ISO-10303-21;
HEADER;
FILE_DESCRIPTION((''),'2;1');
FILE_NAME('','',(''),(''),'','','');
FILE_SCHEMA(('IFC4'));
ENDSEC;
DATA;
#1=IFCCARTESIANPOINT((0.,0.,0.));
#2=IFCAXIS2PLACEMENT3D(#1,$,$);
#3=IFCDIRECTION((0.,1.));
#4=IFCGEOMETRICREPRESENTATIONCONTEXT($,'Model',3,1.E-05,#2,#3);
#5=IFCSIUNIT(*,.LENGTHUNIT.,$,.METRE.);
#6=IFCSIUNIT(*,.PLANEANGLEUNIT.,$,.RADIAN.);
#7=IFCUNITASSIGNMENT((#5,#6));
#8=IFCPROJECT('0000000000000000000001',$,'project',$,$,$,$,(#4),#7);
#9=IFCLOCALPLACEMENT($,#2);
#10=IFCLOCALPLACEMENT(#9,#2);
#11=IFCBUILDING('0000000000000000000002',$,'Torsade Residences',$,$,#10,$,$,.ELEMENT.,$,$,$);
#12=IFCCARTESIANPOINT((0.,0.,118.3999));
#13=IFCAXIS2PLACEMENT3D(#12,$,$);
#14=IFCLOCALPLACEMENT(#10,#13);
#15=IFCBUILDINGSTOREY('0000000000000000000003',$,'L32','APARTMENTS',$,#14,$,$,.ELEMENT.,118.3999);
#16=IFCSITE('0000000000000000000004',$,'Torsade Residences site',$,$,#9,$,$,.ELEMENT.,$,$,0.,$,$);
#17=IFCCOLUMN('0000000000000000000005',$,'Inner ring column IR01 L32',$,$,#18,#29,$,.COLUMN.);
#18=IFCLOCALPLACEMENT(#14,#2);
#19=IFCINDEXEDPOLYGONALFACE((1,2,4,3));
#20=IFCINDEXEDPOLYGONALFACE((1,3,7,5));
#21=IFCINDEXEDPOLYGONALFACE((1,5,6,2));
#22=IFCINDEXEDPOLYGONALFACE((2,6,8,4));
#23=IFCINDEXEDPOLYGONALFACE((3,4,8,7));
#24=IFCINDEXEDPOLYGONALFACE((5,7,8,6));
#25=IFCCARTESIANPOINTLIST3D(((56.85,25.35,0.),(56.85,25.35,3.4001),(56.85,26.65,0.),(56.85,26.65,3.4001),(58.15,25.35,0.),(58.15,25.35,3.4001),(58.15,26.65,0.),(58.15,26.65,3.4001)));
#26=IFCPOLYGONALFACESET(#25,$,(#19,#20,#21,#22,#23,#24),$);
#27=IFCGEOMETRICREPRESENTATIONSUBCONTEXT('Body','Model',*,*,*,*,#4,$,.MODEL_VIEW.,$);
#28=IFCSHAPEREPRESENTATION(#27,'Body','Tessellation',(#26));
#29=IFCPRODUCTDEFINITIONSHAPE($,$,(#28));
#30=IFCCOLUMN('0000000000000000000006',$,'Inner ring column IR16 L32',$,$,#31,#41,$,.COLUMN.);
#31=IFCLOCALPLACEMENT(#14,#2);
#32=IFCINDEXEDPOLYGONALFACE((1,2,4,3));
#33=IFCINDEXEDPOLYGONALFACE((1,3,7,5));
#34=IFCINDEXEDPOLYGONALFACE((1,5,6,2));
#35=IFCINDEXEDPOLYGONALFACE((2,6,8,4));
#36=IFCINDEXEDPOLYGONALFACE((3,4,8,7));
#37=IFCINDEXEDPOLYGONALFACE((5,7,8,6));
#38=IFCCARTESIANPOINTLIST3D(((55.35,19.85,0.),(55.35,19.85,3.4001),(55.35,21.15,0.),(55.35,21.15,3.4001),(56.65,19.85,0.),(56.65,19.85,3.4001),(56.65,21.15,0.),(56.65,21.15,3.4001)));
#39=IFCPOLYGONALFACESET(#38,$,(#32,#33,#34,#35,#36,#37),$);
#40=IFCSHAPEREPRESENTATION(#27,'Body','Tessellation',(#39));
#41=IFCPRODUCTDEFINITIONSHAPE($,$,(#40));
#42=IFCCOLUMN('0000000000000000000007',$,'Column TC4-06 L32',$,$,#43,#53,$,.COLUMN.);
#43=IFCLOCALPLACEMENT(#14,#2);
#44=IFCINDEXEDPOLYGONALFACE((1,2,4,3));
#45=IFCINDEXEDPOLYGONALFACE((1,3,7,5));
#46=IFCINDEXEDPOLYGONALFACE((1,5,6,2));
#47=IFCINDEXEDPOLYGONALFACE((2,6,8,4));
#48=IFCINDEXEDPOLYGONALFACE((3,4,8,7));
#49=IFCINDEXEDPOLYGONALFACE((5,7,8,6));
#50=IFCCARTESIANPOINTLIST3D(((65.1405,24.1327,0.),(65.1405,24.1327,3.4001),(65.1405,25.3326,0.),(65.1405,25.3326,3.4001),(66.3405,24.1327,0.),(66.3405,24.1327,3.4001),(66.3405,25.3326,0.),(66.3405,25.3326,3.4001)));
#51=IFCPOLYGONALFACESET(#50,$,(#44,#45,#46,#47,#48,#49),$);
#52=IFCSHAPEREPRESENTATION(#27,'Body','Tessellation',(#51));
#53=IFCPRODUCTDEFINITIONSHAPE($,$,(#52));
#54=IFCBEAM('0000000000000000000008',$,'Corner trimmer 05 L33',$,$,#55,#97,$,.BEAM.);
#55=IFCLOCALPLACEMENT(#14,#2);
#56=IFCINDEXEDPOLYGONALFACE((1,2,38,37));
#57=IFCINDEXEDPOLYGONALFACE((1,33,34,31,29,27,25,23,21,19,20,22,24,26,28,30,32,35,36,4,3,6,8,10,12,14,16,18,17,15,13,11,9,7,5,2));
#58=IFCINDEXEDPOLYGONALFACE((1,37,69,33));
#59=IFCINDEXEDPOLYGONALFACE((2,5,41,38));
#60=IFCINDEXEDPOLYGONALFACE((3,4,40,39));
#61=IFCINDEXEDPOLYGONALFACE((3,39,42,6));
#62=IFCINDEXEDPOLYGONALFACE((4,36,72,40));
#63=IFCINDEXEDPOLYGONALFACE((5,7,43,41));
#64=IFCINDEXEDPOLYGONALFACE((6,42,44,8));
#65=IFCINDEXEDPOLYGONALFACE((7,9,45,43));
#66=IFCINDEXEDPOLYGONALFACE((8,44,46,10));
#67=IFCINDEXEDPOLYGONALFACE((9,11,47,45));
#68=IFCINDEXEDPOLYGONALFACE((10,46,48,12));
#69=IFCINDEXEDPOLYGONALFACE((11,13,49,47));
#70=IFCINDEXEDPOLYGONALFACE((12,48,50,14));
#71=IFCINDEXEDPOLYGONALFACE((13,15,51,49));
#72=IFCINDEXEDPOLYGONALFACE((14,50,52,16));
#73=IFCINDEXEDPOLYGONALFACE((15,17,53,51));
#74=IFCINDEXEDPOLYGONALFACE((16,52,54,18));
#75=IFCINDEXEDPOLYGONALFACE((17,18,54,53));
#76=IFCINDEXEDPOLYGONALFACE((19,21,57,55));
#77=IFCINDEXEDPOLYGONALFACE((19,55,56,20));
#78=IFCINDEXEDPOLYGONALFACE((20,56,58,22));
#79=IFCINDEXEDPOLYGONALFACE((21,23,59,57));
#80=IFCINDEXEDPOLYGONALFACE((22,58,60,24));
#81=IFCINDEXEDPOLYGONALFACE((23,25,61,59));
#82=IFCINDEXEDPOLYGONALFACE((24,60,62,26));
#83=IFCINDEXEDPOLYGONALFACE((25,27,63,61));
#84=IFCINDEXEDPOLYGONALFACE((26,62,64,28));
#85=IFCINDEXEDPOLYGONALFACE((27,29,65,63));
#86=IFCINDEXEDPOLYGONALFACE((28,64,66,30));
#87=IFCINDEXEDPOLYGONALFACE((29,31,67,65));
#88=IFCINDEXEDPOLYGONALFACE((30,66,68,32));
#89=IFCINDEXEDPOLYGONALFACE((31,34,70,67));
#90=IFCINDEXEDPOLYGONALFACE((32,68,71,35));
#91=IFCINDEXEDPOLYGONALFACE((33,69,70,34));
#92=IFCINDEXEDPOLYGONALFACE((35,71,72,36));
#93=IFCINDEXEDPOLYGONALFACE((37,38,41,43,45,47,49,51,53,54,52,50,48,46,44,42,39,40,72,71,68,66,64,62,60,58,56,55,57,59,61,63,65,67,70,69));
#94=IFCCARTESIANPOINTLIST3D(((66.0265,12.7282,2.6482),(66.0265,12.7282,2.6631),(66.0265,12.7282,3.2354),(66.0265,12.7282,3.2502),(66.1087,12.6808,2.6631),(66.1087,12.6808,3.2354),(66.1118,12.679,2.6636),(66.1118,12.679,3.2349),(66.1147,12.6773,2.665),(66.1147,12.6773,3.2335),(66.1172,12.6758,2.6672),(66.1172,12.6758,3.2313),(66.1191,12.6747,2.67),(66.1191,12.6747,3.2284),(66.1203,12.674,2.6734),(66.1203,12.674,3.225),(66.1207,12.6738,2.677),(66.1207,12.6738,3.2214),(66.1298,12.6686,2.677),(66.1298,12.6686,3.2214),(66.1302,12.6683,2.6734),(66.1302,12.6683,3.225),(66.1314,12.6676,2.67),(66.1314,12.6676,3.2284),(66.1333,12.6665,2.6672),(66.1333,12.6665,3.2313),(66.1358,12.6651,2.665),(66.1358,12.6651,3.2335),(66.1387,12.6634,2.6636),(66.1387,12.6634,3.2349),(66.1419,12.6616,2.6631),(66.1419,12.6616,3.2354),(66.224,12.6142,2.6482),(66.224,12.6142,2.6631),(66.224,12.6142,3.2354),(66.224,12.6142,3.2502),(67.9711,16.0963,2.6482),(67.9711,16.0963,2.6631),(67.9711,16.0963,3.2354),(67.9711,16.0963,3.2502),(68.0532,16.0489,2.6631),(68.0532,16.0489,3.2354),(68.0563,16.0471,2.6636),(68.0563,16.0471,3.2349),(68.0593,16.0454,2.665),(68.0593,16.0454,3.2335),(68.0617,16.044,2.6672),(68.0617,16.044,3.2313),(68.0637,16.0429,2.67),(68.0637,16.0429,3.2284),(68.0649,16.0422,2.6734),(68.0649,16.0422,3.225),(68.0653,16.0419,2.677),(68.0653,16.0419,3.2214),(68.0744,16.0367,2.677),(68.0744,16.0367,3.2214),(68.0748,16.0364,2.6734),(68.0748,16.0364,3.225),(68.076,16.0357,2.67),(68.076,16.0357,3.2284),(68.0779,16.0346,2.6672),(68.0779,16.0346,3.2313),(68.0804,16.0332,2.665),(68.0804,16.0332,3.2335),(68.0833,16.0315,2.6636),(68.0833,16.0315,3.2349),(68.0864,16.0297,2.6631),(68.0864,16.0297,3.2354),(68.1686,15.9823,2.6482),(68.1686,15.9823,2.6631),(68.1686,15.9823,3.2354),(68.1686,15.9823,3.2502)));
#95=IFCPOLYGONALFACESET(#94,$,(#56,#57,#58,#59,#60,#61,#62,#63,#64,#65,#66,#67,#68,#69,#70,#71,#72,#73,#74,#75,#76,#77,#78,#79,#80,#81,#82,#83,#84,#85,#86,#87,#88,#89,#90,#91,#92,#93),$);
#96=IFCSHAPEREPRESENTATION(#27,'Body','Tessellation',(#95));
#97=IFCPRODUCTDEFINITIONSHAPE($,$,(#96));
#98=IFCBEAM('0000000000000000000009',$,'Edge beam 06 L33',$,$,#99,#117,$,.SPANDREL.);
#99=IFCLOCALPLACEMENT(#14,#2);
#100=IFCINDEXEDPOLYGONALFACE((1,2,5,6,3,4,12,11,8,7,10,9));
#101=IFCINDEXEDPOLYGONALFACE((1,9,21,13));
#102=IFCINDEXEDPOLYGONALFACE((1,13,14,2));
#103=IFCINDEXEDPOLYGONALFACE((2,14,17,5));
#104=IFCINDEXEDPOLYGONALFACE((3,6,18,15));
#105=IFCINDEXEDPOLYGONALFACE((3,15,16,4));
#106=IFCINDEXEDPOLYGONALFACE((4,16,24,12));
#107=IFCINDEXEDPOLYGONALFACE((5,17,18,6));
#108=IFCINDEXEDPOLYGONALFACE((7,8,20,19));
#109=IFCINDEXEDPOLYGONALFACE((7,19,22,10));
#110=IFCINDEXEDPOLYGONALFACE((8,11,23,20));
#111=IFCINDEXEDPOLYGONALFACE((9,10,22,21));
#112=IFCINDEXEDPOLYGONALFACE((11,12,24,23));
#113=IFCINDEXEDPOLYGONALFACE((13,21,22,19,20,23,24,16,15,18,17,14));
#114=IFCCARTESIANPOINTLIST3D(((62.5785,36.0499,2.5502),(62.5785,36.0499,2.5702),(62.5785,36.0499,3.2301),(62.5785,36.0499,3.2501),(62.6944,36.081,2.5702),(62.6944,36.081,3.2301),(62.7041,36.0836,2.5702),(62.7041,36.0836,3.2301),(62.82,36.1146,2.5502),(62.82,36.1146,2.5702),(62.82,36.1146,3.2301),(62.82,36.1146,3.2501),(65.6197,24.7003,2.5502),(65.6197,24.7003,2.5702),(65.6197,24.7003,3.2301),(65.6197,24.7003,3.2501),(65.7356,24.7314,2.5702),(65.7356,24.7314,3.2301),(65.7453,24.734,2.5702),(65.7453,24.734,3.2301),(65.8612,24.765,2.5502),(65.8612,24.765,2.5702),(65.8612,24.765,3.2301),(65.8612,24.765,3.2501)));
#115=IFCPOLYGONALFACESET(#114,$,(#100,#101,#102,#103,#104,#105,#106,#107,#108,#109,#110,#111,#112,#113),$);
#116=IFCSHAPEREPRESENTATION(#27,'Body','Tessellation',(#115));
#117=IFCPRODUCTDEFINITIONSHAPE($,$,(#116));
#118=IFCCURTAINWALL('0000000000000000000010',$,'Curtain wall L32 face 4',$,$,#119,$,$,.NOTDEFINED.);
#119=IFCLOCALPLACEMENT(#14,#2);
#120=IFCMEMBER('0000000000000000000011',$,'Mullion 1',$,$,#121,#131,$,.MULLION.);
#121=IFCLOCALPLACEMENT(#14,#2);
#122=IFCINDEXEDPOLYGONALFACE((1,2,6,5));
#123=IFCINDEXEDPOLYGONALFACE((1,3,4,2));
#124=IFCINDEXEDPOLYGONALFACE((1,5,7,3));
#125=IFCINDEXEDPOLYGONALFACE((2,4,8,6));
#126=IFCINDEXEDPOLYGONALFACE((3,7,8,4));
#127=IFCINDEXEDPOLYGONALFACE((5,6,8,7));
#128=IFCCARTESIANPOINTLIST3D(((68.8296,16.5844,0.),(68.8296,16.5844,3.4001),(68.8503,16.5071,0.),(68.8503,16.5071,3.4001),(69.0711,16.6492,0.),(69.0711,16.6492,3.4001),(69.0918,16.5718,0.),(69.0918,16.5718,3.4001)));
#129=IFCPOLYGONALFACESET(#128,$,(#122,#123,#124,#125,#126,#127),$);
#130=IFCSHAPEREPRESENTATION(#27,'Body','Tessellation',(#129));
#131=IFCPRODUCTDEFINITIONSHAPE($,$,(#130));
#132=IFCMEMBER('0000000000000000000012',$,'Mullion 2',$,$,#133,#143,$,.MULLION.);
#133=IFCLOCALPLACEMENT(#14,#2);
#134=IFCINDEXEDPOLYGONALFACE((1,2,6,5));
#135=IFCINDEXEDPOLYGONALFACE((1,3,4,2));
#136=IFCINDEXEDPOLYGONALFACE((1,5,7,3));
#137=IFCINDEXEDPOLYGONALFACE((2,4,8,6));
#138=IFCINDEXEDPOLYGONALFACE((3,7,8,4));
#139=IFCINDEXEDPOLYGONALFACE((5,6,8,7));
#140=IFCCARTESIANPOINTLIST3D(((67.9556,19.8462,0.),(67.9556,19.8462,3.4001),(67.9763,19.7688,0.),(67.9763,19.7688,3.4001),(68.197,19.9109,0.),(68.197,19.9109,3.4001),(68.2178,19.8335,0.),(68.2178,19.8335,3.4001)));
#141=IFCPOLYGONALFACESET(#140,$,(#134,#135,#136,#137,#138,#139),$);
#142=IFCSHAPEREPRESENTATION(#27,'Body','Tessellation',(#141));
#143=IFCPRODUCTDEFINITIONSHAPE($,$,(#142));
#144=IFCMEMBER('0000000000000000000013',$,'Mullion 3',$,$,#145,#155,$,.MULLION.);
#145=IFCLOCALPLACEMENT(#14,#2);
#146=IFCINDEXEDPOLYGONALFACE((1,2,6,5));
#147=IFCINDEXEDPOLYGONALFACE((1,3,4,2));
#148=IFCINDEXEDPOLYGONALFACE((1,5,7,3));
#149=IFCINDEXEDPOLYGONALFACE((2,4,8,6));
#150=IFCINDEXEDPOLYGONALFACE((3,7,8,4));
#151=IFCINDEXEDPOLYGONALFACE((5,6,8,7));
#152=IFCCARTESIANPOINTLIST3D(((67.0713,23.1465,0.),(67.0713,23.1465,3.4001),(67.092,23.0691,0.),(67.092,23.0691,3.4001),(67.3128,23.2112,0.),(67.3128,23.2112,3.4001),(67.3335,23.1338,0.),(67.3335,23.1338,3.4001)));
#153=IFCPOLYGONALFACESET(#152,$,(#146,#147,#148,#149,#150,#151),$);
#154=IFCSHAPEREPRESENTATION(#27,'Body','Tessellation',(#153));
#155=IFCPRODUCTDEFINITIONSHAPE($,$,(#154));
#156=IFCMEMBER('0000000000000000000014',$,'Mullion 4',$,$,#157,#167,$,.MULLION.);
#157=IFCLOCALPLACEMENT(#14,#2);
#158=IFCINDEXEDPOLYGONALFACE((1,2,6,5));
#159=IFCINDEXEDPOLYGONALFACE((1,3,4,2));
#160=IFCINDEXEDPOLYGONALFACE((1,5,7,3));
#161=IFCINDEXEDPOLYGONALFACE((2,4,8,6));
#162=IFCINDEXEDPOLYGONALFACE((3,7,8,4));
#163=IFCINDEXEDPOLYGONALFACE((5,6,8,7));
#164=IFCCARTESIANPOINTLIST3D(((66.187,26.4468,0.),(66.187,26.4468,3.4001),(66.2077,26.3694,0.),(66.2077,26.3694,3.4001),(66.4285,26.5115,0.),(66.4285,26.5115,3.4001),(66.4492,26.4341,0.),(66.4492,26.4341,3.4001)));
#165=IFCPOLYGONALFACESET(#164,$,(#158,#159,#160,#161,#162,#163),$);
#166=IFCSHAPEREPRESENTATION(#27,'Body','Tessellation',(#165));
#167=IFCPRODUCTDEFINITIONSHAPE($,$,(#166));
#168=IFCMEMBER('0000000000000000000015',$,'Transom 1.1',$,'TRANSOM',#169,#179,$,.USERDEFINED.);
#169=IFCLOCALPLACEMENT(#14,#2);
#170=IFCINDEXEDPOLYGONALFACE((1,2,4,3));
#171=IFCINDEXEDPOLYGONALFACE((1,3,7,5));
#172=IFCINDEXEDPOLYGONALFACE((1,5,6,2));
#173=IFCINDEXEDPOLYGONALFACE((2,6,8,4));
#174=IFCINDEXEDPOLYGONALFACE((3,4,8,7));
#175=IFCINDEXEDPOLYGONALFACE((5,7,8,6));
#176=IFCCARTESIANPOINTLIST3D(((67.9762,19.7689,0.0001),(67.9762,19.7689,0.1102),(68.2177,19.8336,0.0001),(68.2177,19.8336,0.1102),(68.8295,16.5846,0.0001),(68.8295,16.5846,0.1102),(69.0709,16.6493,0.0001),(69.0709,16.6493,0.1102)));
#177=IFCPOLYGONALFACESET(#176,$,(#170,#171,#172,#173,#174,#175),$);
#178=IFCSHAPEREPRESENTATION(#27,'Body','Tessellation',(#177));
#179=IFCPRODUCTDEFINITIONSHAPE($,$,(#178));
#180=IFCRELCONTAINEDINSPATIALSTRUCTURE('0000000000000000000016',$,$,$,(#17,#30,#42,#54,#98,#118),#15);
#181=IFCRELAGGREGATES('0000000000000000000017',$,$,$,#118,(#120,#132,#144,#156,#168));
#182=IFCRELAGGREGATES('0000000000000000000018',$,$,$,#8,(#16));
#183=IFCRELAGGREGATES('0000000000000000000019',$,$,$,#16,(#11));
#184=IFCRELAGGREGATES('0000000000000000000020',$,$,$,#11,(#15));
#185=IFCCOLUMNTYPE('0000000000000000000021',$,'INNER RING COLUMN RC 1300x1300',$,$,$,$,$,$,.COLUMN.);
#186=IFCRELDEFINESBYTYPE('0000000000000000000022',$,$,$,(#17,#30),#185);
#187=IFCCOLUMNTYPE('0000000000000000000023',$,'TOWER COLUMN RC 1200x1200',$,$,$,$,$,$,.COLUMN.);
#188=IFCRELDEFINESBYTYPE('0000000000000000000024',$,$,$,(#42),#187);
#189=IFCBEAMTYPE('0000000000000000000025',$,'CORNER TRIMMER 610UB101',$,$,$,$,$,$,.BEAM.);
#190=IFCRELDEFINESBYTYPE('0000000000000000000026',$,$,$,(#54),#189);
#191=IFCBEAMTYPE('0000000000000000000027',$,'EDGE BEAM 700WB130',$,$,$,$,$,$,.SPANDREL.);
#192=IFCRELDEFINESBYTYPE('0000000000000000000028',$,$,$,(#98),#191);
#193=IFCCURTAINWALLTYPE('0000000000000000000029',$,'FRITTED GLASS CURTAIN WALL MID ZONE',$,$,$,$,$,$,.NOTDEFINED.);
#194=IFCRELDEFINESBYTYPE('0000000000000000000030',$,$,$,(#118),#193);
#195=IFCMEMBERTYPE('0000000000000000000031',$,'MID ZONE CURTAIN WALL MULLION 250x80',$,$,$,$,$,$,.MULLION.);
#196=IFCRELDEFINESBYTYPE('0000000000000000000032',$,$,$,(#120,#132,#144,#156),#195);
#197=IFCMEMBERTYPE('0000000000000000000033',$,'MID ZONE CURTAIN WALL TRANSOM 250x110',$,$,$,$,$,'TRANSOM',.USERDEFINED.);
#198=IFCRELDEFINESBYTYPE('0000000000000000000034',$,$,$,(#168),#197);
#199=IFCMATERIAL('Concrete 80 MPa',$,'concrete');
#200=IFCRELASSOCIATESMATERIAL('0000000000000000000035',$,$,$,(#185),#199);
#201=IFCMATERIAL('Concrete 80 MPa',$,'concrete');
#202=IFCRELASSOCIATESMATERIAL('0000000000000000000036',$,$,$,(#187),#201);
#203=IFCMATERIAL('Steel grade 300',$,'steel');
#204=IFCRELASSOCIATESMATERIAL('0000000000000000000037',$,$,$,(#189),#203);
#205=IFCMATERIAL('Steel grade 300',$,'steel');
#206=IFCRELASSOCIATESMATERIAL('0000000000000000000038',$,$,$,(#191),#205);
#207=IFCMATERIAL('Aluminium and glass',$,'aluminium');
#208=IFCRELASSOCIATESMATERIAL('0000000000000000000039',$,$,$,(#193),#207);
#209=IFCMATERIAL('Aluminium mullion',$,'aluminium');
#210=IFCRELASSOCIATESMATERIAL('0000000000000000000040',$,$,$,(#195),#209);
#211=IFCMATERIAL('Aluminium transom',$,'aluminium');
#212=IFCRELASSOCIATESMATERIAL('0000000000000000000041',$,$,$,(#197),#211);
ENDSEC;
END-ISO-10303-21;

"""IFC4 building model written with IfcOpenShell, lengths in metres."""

from ifc_helpers import new_model, si_unit, direction, frame, origin, origin_2d, place, context, subcontext, project, spatial, rectangle, i_section, extrude, material, material_profile, profile_set, type_object, element, aggregate, save


model = new_model("IFC4")

# Units and contexts
model_context = context("Model", 3, precision=1e-05, world=origin(), true_north=direction((0.0, 1.0)))
body_context = subcontext(model_context, "Body", "Model", "MODEL_VIEW")
ifc_project = project(units=[si_unit("LENGTHUNIT", "METRE"), si_unit("PLANEANGLEUNIT", "RADIAN")], contexts=[model_context])

# Site, building, storey
site_placement = place(None, origin())
site = spatial("IfcSite", under=ifc_project, at=site_placement, Name="Torsade Residences site", CompositionType="ELEMENT", RefElevation=0.0)
building_placement = place(site_placement, origin())
building = spatial("IfcBuilding", under=site, at=building_placement, Name="Torsade Residences", CompositionType="ELEMENT")
storey_placement = place(building_placement, frame((0.0, 0.0, 118.3999)))
storey = spatial("IfcBuildingStorey", under=building, at=storey_placement, Name="L32", Description="APARTMENTS", CompositionType="ELEMENT", Elevation=118.3999)

# Columns
ifc_material_1 = material(Name="Concrete 80 MPa", Category="concrete")
ifc_material_profile_1 = material_profile(ifc_material_1, rectangle(XDim=1.3, YDim=1.3, at=origin_2d()), Name="RC 1300x1300")
ifc_profile_set_1 = profile_set([ifc_material_profile_1], Name="Concrete 80 MPa")
column_type_1 = type_object("IfcColumnType", Name="INNER RING COLUMN RC 1300x1300", PredefinedType="COLUMN", material=ifc_profile_set_1)
for number, where, z_axis, x_axis, name in (
    (1, (57.5, 26.0, 0.0), (0.0, 0.0, 1.0), (1.0, 0.0, 0.0), "Inner ring column IR01 L32"),
    (2, (56.0, 20.5, 0.0), (0.0, 0.0, 1.0), (1.0, 0.0, 0.0), "Inner ring column IR16 L32"),
):
    element("IfcColumn", number, at=place(storey_placement, frame(where, z_axis=z_axis, x_axis=x_axis)), inside=storey, type_object=column_type_1, Name=name, PredefinedType="COLUMN", context=body_context, shape_type="SweptSolid", body=[
        extrude(rectangle(XDim=1.3, YDim=1.3, at=origin_2d()), origin(), (0.0, 0.0, 1.0), 3.4001),
    ])
ifc_material_2 = material(Name="Concrete 80 MPa", Category="concrete")
ifc_material_profile_2 = material_profile(ifc_material_2, rectangle(XDim=1.2, YDim=1.2, at=origin_2d()), Name="RC 1200x1200")
ifc_profile_set_2 = profile_set([ifc_material_profile_2], Name="Concrete 80 MPa")
column_type_2 = type_object("IfcColumnType", Name="TOWER COLUMN RC 1200x1200", PredefinedType="COLUMN", material=ifc_profile_set_2)
column_placement = place(storey_placement, frame((65.7405, 24.7327, 0.0), z_axis=(0.0, 0.0, 1.0), x_axis=(1.0, 0.0, 0.0)))
element("IfcColumn", 3, at=column_placement, inside=storey, type_object=column_type_2, Name="Column TC4-06 L32", PredefinedType="COLUMN", context=body_context, shape_type="SweptSolid", body=[
    extrude(rectangle(XDim=1.2, YDim=1.2, at=origin_2d()), origin(), (0.0, 0.0, 1.0), 3.4001),
])

# Beams
ifc_material_3 = material(Name="Steel grade 300", Category="steel")
ifc_material_profile_3 = material_profile(ifc_material_3, i_section(OverallWidth=0.228, OverallDepth=0.6021, WebThickness=0.0105, FlangeThickness=0.0149, FilletRadius=0.0139, at=origin_2d()), Name="610UB101")
ifc_profile_set_3 = profile_set([ifc_material_profile_3], Name="Steel grade 300")
beam_type_1 = type_object("IfcBeamType", Name="CORNER TRIMMER 610UB101", PredefinedType="BEAM", material=ifc_profile_set_3)
beam_1_placement = place(storey_placement, frame((68.0698, 16.0393, 2.9492), z_axis=(-0.499994, -0.866029, 0.0), x_axis=(0.866029, -0.499994, 0.0)))
element("IfcBeam", 4, at=beam_1_placement, inside=storey, type_object=beam_type_1, Name="Corner trimmer 05 L33", PredefinedType="BEAM", context=body_context, shape_type="SweptSolid", body=[
    extrude(i_section(OverallWidth=0.228, OverallDepth=0.6021, WebThickness=0.0105, FlangeThickness=0.0149, FilletRadius=0.0139, at=origin_2d()), origin(), (0.0, 0.0, 1.0), 3.8892),
])
ifc_material_4 = material(Name="Steel grade 300", Category="steel")
ifc_material_profile_4 = material_profile(ifc_material_4, i_section(OverallWidth=0.25, OverallDepth=0.7, WebThickness=0.01, FlangeThickness=0.02, at=origin_2d()), Name="700WB130")
ifc_profile_set_4 = profile_set([ifc_material_profile_4], Name="Steel grade 300")
beam_type_2 = type_object("IfcBeamType", Name="EDGE BEAM 700WB130", PredefinedType="SPANDREL", material=ifc_profile_set_4)
beam_2_placement = place(storey_placement, frame((65.7405, 24.7327, 2.9001), z_axis=(-0.25883, 0.965923, 0.0), x_axis=(-0.965923, -0.25883, 0.0)))
element("IfcBeam", 5, at=beam_2_placement, inside=storey, type_object=beam_type_2, Name="Edge beam 06 L33", PredefinedType="SPANDREL", context=body_context, shape_type="SweptSolid", body=[
    extrude(i_section(OverallWidth=0.25, OverallDepth=0.7, WebThickness=0.01, FlangeThickness=0.02, at=origin_2d()), origin(), (0.0, 0.0, 1.0), 11.75),
])

# Curtain wall, members
ifc_material_5 = material(Name="Aluminium and glass", Category="aluminium")
curtain_wall_type = type_object("IfcCurtainWallType", Name="FRITTED GLASS CURTAIN WALL MID ZONE", PredefinedType="NOTDEFINED", material=ifc_material_5)
curtain_wall_placement = place(storey_placement, origin())
curtain_wall = element("IfcCurtainWall", 6, at=curtain_wall_placement, inside=storey, type_object=curtain_wall_type, Name="Curtain wall L32 face 4", PredefinedType="NOTDEFINED")
ifc_material_6 = material(Name="Aluminium mullion", Category="aluminium")
ifc_material_profile_5 = material_profile(ifc_material_6, rectangle(XDim=0.25, YDim=0.0801, at=origin_2d()), Name="MID ZONE CURTAIN WALL MULLION 250x80")
ifc_profile_set_5 = profile_set([ifc_material_profile_5], Name="Aluminium mullion")
member_type_1 = type_object("IfcMemberType", Name="MID ZONE CURTAIN WALL MULLION 250x80", PredefinedType="MULLION", material=ifc_profile_set_5)
member_1_placement = place(storey_placement, frame((68.9607, 16.5781, 0.0), z_axis=(0.0, 0.0, 1.0), x_axis=(-0.965926, -0.258819, 0.0)))
member_1 = element("IfcMember", 7, at=member_1_placement, type_object=member_type_1, Name="Mullion 1", PredefinedType="MULLION", context=body_context, shape_type="SweptSolid", body=[
    extrude(rectangle(XDim=0.25, YDim=0.0801, at=origin_2d()), origin(), (0.0, 0.0, 1.0), 3.4001),
])
member_2_placement = place(storey_placement, frame((68.0867, 19.8398, 0.0), z_axis=(0.0, 0.0, 1.0), x_axis=(-0.965926, -0.258819, 0.0)))
member_2 = element("IfcMember", 8, at=member_2_placement, type_object=member_type_1, Name="Mullion 2", PredefinedType="MULLION", context=body_context, shape_type="SweptSolid", body=[
    extrude(rectangle(XDim=0.25, YDim=0.0801, at=origin_2d()), origin(), (0.0, 0.0, 1.0), 3.4001),
])
member_3_placement = place(storey_placement, frame((67.2024, 23.1401, 0.0), z_axis=(0.0, 0.0, 1.0), x_axis=(-0.965926, -0.258819, 0.0)))
member_3 = element("IfcMember", 9, at=member_3_placement, type_object=member_type_1, Name="Mullion 3", PredefinedType="MULLION", context=body_context, shape_type="SweptSolid", body=[
    extrude(rectangle(XDim=0.25, YDim=0.0801, at=origin_2d()), origin(), (0.0, 0.0, 1.0), 3.4001),
])
member_4_placement = place(storey_placement, frame((66.3181, 26.4404, 0.0), z_axis=(0.0, 0.0, 1.0), x_axis=(-0.965926, -0.258819, 0.0)))
member_4 = element("IfcMember", 10, at=member_4_placement, type_object=member_type_1, Name="Mullion 4", PredefinedType="MULLION", context=body_context, shape_type="SweptSolid", body=[
    extrude(rectangle(XDim=0.25, YDim=0.0801, at=origin_2d()), origin(), (0.0, 0.0, 1.0), 3.4001),
])
ifc_material_7 = material(Name="Aluminium transom", Category="aluminium")
ifc_material_profile_6 = material_profile(ifc_material_7, rectangle(XDim=0.25, YDim=0.1101, at=origin_2d()), Name="MID ZONE CURTAIN WALL TRANSOM 250x110")
ifc_profile_set_6 = profile_set([ifc_material_profile_6], Name="Aluminium transom")
member_type_2 = type_object("IfcMemberType", Name="MID ZONE CURTAIN WALL TRANSOM 250x110", ElementType="TRANSOM", PredefinedType="USERDEFINED", material=ifc_profile_set_6)
member_5_placement = place(storey_placement, frame((68.9502, 16.6169, 0.0552), z_axis=(-0.258829, 0.965923, 0.0), x_axis=(-0.965923, -0.258829, 0.0)))
member_5 = element("IfcMember", 11, at=member_5_placement, type_object=member_type_2, Name="Transom 1.1", ObjectType="TRANSOM", PredefinedType="USERDEFINED", context=body_context, shape_type="SweptSolid", body=[
    extrude(rectangle(XDim=0.25, YDim=0.1101, at=origin_2d()), origin(), (0.0, 0.0, 1.0), 3.2966),
])

aggregate(curtain_wall, [member_1, member_2, member_3, member_4, member_5])

save(model, "model.ifc")
